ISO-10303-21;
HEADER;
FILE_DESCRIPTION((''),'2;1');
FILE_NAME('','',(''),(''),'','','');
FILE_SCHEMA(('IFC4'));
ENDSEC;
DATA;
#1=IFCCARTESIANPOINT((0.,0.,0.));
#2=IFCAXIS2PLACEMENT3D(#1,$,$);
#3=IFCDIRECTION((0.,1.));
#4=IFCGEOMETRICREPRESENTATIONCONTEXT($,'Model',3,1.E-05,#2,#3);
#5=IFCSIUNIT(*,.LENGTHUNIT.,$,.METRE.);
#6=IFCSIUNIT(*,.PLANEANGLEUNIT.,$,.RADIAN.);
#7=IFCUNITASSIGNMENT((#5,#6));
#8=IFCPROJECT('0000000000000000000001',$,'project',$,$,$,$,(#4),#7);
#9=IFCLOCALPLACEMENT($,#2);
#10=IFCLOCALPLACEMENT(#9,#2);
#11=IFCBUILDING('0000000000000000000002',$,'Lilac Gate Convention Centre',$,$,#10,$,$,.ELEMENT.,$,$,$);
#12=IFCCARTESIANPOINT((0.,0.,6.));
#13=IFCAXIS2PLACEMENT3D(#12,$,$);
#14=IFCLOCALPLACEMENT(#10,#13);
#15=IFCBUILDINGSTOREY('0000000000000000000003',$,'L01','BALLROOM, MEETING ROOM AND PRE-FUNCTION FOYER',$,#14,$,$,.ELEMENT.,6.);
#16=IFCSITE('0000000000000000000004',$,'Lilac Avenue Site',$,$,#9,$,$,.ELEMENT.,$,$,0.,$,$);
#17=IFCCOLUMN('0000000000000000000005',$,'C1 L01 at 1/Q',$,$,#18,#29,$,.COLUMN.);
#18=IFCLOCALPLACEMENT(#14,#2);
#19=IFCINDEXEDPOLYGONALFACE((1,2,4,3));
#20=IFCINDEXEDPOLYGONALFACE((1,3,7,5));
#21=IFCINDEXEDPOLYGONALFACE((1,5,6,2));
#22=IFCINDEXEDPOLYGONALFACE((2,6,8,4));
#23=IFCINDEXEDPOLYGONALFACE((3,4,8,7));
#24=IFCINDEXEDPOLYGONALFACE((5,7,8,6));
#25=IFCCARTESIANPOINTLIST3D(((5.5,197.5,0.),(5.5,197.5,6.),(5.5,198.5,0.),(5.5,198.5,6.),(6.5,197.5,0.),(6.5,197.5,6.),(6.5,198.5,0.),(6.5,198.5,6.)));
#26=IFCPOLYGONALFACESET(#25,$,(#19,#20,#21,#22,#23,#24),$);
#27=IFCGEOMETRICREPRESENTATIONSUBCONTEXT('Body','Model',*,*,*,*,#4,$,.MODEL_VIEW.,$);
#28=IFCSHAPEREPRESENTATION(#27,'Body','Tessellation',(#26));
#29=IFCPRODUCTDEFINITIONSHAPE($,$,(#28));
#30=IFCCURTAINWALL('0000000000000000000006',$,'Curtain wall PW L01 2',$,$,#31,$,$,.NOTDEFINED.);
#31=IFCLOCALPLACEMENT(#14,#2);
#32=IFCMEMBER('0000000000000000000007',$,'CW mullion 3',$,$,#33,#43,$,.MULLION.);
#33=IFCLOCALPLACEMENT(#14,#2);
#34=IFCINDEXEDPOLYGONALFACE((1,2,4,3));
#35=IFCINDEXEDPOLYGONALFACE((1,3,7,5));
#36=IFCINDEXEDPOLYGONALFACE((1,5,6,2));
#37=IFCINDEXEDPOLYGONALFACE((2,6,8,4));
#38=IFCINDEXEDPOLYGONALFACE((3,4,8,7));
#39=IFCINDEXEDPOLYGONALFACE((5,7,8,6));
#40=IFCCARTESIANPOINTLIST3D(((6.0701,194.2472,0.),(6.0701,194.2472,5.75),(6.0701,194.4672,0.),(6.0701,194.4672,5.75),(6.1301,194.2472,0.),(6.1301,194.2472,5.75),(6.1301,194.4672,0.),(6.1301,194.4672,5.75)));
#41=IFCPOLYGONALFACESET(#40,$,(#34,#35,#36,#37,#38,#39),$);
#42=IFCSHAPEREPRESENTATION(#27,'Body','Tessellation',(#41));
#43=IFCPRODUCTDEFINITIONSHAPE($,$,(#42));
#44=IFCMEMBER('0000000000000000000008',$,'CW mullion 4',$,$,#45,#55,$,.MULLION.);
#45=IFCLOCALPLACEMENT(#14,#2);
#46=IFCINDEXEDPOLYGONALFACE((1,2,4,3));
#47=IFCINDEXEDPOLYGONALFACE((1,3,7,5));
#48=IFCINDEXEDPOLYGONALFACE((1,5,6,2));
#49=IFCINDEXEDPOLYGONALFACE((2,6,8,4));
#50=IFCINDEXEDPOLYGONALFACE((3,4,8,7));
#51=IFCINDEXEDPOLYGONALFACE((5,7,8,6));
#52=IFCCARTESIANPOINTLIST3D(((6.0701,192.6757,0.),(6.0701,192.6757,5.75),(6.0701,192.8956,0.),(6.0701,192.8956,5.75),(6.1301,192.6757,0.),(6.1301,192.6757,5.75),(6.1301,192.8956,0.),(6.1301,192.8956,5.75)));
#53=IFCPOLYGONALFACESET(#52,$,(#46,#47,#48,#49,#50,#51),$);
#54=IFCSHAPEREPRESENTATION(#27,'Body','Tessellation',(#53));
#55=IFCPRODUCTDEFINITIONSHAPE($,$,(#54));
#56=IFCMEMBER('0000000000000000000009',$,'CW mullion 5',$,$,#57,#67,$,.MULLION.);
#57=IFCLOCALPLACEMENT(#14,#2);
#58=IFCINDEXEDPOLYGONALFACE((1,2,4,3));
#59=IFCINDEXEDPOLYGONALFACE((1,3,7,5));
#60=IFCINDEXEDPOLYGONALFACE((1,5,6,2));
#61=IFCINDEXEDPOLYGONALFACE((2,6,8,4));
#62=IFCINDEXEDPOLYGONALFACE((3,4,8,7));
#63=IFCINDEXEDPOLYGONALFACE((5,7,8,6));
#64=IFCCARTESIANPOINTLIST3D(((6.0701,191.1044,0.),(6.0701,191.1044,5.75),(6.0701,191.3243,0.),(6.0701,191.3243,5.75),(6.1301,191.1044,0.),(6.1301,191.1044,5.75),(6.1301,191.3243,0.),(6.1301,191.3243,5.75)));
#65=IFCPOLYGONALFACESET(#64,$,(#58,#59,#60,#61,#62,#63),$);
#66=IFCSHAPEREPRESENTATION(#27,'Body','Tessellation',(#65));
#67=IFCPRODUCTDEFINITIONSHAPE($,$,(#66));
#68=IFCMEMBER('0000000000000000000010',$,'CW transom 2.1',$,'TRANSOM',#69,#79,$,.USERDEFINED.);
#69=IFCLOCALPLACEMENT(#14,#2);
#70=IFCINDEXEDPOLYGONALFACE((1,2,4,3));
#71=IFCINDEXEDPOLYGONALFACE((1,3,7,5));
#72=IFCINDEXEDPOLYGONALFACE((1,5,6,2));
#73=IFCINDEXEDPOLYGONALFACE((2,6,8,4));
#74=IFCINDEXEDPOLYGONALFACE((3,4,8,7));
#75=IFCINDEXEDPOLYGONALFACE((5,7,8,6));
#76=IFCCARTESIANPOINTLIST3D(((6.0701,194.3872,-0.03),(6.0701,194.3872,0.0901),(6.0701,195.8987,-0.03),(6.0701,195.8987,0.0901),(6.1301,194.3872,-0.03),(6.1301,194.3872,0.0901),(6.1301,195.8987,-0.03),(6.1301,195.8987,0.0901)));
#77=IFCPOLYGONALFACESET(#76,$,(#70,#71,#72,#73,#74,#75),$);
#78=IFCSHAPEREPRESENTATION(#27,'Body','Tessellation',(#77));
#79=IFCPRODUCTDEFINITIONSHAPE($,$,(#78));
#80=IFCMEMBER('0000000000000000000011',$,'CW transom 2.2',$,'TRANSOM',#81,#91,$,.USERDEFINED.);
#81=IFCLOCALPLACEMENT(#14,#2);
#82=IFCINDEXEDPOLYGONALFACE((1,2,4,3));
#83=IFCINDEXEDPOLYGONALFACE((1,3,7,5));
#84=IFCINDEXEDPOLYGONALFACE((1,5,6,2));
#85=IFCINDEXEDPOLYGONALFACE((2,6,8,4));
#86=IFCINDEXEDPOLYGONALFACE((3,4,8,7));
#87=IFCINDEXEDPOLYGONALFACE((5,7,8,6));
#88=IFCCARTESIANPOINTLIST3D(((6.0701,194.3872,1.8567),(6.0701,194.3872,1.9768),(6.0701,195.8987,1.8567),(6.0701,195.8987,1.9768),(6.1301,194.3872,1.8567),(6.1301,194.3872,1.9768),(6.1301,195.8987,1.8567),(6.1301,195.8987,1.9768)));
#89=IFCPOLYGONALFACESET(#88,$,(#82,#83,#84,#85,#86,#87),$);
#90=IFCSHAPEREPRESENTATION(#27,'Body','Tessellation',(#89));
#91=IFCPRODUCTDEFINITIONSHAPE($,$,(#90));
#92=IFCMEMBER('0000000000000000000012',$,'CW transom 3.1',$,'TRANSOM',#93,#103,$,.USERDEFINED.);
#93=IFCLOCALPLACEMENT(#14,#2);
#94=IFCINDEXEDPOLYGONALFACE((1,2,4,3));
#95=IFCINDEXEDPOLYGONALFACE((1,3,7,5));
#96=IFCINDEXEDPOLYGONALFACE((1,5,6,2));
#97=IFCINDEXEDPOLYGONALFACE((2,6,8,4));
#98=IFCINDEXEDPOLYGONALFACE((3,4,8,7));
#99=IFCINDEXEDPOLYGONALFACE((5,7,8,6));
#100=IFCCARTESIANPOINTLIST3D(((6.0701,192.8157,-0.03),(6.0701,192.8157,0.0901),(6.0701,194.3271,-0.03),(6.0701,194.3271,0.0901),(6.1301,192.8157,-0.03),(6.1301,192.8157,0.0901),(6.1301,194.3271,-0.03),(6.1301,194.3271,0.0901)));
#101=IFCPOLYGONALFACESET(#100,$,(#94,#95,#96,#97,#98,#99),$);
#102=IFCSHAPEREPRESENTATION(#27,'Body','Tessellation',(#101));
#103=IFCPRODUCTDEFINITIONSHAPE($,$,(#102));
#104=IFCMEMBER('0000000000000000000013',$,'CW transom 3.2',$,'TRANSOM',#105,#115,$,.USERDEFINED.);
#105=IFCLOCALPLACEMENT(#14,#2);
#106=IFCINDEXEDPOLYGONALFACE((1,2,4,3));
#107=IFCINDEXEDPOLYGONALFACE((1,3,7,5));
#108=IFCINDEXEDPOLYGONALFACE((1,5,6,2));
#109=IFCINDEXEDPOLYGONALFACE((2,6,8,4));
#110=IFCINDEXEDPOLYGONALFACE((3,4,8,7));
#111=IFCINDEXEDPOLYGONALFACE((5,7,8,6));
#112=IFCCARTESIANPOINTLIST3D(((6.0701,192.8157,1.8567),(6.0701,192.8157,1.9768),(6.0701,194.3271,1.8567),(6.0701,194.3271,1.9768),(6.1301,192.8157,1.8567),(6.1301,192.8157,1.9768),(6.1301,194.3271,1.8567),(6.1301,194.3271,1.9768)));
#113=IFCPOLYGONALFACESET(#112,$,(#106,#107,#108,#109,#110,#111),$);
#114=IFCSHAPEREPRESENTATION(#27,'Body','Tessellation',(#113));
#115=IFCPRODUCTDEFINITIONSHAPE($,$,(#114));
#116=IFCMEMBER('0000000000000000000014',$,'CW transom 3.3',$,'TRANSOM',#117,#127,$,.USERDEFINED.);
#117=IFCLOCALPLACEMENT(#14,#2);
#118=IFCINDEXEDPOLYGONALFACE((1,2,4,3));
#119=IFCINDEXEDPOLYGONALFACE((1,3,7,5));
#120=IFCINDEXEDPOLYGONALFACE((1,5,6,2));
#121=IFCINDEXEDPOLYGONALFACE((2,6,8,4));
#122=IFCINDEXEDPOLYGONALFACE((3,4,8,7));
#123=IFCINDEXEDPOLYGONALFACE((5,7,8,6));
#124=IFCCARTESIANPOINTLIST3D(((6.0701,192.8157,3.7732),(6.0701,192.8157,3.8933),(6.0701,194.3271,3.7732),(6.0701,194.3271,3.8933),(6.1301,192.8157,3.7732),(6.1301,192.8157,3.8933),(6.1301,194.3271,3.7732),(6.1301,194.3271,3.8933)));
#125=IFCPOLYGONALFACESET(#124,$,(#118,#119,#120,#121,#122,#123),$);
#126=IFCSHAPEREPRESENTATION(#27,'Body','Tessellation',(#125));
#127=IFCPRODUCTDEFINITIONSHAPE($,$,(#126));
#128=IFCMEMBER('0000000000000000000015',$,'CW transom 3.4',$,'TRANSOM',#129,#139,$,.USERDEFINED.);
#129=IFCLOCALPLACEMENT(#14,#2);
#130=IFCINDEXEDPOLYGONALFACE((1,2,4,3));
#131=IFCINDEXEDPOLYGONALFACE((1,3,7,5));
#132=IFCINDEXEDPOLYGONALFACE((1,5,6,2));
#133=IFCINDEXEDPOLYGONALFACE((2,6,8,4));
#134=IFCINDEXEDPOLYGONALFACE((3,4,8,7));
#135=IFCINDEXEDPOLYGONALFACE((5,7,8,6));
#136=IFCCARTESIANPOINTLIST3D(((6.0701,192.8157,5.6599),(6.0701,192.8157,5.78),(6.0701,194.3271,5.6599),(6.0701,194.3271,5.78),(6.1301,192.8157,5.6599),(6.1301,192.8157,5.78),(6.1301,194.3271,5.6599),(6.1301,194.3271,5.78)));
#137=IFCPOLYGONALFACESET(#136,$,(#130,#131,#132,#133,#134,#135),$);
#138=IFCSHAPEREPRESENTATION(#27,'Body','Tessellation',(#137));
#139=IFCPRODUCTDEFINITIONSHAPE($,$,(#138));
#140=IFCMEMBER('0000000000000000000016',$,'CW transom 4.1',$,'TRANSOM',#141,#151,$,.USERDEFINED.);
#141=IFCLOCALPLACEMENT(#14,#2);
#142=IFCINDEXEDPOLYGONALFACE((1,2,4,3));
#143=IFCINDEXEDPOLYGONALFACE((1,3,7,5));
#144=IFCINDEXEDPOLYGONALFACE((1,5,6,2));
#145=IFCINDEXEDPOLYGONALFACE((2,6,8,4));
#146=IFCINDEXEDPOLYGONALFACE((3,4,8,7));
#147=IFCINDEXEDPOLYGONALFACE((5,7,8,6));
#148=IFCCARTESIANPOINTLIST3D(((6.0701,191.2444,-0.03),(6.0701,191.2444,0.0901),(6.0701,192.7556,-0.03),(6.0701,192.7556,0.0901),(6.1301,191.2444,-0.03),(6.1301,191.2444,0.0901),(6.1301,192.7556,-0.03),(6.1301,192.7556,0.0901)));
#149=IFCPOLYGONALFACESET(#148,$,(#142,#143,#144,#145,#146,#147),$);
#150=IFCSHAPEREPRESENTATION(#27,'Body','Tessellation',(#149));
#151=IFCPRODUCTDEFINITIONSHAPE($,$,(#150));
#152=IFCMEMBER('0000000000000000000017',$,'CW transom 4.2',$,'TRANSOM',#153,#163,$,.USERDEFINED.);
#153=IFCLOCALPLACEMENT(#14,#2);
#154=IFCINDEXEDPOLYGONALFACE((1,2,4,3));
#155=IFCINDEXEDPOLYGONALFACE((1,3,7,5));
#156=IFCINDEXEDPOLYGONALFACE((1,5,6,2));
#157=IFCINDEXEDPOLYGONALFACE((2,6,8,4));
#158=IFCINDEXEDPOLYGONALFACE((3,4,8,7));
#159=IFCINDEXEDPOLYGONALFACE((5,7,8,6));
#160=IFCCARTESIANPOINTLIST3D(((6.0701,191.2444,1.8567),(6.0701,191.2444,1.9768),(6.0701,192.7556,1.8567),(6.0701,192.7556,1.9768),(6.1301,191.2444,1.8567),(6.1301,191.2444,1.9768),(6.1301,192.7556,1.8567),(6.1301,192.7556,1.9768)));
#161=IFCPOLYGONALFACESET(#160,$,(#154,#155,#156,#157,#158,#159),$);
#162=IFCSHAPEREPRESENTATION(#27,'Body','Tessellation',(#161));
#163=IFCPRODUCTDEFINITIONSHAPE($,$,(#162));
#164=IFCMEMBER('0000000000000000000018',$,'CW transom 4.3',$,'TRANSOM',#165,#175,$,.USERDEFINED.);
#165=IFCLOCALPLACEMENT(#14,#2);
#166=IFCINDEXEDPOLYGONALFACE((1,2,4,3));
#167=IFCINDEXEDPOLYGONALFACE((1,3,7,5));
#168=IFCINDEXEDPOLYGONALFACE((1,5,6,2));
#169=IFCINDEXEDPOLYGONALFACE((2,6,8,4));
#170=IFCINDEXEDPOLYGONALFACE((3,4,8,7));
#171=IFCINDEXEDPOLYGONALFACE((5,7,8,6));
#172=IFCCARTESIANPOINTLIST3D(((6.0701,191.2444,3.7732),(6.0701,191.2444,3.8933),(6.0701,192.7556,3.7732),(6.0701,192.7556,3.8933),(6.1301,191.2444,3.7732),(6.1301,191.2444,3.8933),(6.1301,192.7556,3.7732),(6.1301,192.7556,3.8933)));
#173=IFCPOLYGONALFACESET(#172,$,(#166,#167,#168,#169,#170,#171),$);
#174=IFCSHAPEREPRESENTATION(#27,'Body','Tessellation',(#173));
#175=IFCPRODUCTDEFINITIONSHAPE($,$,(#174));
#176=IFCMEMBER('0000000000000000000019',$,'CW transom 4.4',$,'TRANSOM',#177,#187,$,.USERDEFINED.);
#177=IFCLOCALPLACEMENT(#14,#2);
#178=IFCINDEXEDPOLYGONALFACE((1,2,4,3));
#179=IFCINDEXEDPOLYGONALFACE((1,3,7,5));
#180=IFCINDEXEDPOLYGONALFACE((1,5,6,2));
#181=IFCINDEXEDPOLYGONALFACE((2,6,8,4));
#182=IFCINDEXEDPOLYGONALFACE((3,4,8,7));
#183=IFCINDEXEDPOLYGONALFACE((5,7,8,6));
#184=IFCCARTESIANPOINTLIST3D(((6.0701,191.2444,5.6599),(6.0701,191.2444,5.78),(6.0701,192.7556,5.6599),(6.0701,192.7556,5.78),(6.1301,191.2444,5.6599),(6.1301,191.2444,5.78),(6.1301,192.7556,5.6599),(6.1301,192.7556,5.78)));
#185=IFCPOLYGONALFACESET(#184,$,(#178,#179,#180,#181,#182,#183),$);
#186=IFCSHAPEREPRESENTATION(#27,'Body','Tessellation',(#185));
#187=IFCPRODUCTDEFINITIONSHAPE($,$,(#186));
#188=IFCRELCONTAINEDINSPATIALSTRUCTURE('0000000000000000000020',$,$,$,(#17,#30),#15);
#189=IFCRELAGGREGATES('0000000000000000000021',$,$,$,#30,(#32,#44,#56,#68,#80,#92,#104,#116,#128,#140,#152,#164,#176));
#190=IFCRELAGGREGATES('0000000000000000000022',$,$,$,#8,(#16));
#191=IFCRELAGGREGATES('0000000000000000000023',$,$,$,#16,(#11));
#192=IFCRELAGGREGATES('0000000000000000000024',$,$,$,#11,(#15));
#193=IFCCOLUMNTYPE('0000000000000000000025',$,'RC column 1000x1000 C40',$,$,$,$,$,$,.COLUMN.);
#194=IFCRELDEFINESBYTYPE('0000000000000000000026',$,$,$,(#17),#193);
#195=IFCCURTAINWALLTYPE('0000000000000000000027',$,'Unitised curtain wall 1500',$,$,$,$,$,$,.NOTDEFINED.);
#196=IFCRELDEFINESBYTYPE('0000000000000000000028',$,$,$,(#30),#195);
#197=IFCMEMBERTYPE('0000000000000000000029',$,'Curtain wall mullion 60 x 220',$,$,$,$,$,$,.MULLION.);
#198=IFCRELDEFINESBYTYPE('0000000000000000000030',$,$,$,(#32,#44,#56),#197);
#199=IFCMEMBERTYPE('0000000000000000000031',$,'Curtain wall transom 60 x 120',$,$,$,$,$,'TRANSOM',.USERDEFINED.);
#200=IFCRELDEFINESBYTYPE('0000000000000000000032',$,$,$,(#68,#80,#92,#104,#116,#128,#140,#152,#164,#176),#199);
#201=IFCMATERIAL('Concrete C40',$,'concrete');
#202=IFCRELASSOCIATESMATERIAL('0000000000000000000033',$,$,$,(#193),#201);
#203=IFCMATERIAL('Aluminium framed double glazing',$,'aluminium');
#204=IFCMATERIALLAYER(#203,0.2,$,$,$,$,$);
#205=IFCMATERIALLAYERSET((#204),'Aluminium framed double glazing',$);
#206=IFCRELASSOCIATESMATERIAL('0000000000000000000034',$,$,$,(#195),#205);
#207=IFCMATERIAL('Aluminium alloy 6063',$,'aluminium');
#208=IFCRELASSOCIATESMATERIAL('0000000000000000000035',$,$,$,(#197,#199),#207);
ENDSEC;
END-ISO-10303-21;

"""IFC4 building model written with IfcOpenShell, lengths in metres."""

from ifc_helpers import new_model, si_unit, direction, frame, origin, origin_2d, place, context, subcontext, project, spatial, rectangle, extrude, material, layer, layer_set, material_profile, profile_set, type_object, element, aggregate, save


model = new_model("IFC4")

# Units and contexts
model_context = context("Model", 3, precision=1e-05, world=origin(), true_north=direction((0.0, 1.0)))
body_context = subcontext(model_context, "Body", "Model", "MODEL_VIEW")
ifc_project = project(units=[si_unit("LENGTHUNIT", "METRE"), si_unit("PLANEANGLEUNIT", "RADIAN")], contexts=[model_context])

# Site, building, storey
site_placement = place(None, origin())
site = spatial("IfcSite", under=ifc_project, at=site_placement, Name="Lilac Avenue Site", CompositionType="ELEMENT", RefElevation=0.0)
building_placement = place(site_placement, origin())
building = spatial("IfcBuilding", under=site, at=building_placement, Name="Lilac Gate Convention Centre", CompositionType="ELEMENT")
storey_placement = place(building_placement, frame((0.0, 0.0, 6.0)))
storey = spatial("IfcBuildingStorey", under=building, at=storey_placement, Name="L01", Description="BALLROOM, MEETING ROOM AND PRE-FUNCTION FOYER", CompositionType="ELEMENT", Elevation=6.0)

# Column
ifc_material_1 = material(Name="Concrete C40", Category="concrete")
ifc_material_profile_1 = material_profile(ifc_material_1, rectangle(XDim=1.0, YDim=1.0, at=origin_2d()), Name="RC 1000x1000")
ifc_profile_set_1 = profile_set([ifc_material_profile_1], Name="Concrete C40")
column_type = type_object("IfcColumnType", Name="RC column 1000x1000 C40", PredefinedType="COLUMN", material=ifc_profile_set_1)
column_placement = place(storey_placement, frame((6.0, 198.0, 0.0), z_axis=(0.0, 0.0, 1.0), x_axis=(1.0, 0.0, 0.0)))
element("IfcColumn", 1, at=column_placement, inside=storey, type_object=column_type, Name="C1 L01 at 1/Q", PredefinedType="COLUMN", context=body_context, shape_type="SweptSolid", body=[
    extrude(rectangle(XDim=1.0, YDim=1.0, at=origin_2d()), origin(), (0.0, 0.0, 1.0), 6.0),
])

# Curtain wall, members
ifc_material_2 = material(Name="Aluminium framed double glazing", Category="aluminium")
ifc_layer_1 = layer(ifc_material_2, 0.2)
ifc_layer_set_1 = layer_set([ifc_layer_1], Name="Aluminium framed double glazing")
curtain_wall_type = type_object("IfcCurtainWallType", Name="Unitised curtain wall 1500", PredefinedType="NOTDEFINED", material=ifc_layer_set_1)
curtain_wall_placement = place(storey_placement, origin())
curtain_wall = element("IfcCurtainWall", 2, at=curtain_wall_placement, inside=storey, type_object=curtain_wall_type, Name="Curtain wall PW L01 2", PredefinedType="NOTDEFINED")
ifc_material_3 = material(Name="Aluminium alloy 6063", Category="aluminium")
ifc_material_profile_2 = material_profile(ifc_material_3, rectangle(XDim=0.0601, YDim=0.22, at=origin_2d()), Name="Curtain wall mullion 60 x 220")
ifc_profile_set_2 = profile_set([ifc_material_profile_2], Name="Aluminium alloy 6063")
member_type_1 = type_object("IfcMemberType", Name="Curtain wall mullion 60 x 220", PredefinedType="MULLION", material=ifc_profile_set_2)
member_1_placement = place(storey_placement, frame((6.1001, 194.3572, 0.0), z_axis=(0.0, 0.0, 1.0), x_axis=(1.0, 0.0, 0.0)))
member_1 = element("IfcMember", 3, at=member_1_placement, type_object=member_type_1, Name="CW mullion 3", PredefinedType="MULLION", context=body_context, shape_type="SweptSolid", body=[
    extrude(rectangle(XDim=0.0601, YDim=0.22, at=origin_2d()), origin(), (0.0, 0.0, 1.0), 5.75),
])
member_2_placement = place(storey_placement, frame((6.1001, 192.7856, 0.0), z_axis=(0.0, 0.0, 1.0), x_axis=(1.0, 0.0, 0.0)))
member_2 = element("IfcMember", 4, at=member_2_placement, type_object=member_type_1, Name="CW mullion 4", PredefinedType="MULLION", context=body_context, shape_type="SweptSolid", body=[
    extrude(rectangle(XDim=0.0601, YDim=0.22, at=origin_2d()), origin(), (0.0, 0.0, 1.0), 5.75),
])
member_3_placement = place(storey_placement, frame((6.1001, 191.2144, 0.0), z_axis=(0.0, 0.0, 1.0), x_axis=(1.0, 0.0, 0.0)))
member_3 = element("IfcMember", 5, at=member_3_placement, type_object=member_type_1, Name="CW mullion 5", PredefinedType="MULLION", context=body_context, shape_type="SweptSolid", body=[
    extrude(rectangle(XDim=0.0601, YDim=0.22, at=origin_2d()), origin(), (0.0, 0.0, 1.0), 5.75),
])
ifc_material_profile_3 = material_profile(ifc_material_3, rectangle(XDim=0.0601, YDim=0.1201, at=origin_2d()), Name="Curtain wall transom 60 x 120")
ifc_profile_set_3 = profile_set([ifc_material_profile_3], Name="Aluminium alloy 6063")
member_type_2 = type_object("IfcMemberType", Name="Curtain wall transom 60 x 120", ElementType="TRANSOM", PredefinedType="USERDEFINED", material=ifc_profile_set_3)
member_4_placement = place(storey_placement, frame((6.1001, 195.8987, 0.03), z_axis=(0.0, -1.0, 0.0), x_axis=(1.0, 0.0, 0.0)))
member_4 = element("IfcMember", 6, at=member_4_placement, type_object=member_type_2, Name="CW transom 2.1", ObjectType="TRANSOM", PredefinedType="USERDEFINED", context=body_context, shape_type="SweptSolid", body=[
    extrude(rectangle(XDim=0.0601, YDim=0.1201, at=origin_2d()), origin(), (0.0, 0.0, 1.0), 1.5115),
])
member_5_placement = place(storey_placement, frame((6.1001, 195.8987, 1.9167), z_axis=(0.0, -1.0, 0.0), x_axis=(1.0, 0.0, 0.0)))
member_5 = element("IfcMember", 7, at=member_5_placement, type_object=member_type_2, Name="CW transom 2.2", ObjectType="TRANSOM", PredefinedType="USERDEFINED", context=body_context, shape_type="SweptSolid", body=[
    extrude(rectangle(XDim=0.0601, YDim=0.1201, at=origin_2d()), origin(), (0.0, 0.0, 1.0), 1.5115),
])
member_6_placement = place(storey_placement, frame((6.1001, 194.3271, 0.03), z_axis=(0.0, -1.0, 0.0), x_axis=(1.0, 0.0, 0.0)))
member_6 = element("IfcMember", 8, at=member_6_placement, type_object=member_type_2, Name="CW transom 3.1", ObjectType="TRANSOM", PredefinedType="USERDEFINED", context=body_context, shape_type="SweptSolid", body=[
    extrude(rectangle(XDim=0.0601, YDim=0.1201, at=origin_2d()), origin(), (0.0, 0.0, 1.0), 1.5115),
])
member_7_placement = place(storey_placement, frame((6.1001, 194.3271, 1.9167), z_axis=(0.0, -1.0, 0.0), x_axis=(1.0, 0.0, 0.0)))
member_7 = element("IfcMember", 9, at=member_7_placement, type_object=member_type_2, Name="CW transom 3.2", ObjectType="TRANSOM", PredefinedType="USERDEFINED", context=body_context, shape_type="SweptSolid", body=[
    extrude(rectangle(XDim=0.0601, YDim=0.1201, at=origin_2d()), origin(), (0.0, 0.0, 1.0), 1.5115),
])
member_8_placement = place(storey_placement, frame((6.1001, 194.3271, 3.8333), z_axis=(0.0, -1.0, 0.0), x_axis=(1.0, 0.0, 0.0)))
member_8 = element("IfcMember", 10, at=member_8_placement, type_object=member_type_2, Name="CW transom 3.3", ObjectType="TRANSOM", PredefinedType="USERDEFINED", context=body_context, shape_type="SweptSolid", body=[
    extrude(rectangle(XDim=0.0601, YDim=0.1201, at=origin_2d()), origin(), (0.0, 0.0, 1.0), 1.5115),
])
member_9_placement = place(storey_placement, frame((6.1001, 194.3271, 5.72), z_axis=(0.0, -1.0, 0.0), x_axis=(1.0, 0.0, 0.0)))
member_9 = element("IfcMember", 11, at=member_9_placement, type_object=member_type_2, Name="CW transom 3.4", ObjectType="TRANSOM", PredefinedType="USERDEFINED", context=body_context, shape_type="SweptSolid", body=[
    extrude(rectangle(XDim=0.0601, YDim=0.1201, at=origin_2d()), origin(), (0.0, 0.0, 1.0), 1.5115),
])
member_10_placement = place(storey_placement, frame((6.1001, 192.7556, 0.03), z_axis=(0.0, -1.0, 0.0), x_axis=(1.0, 0.0, 0.0)))
member_10 = element("IfcMember", 12, at=member_10_placement, type_object=member_type_2, Name="CW transom 4.1", ObjectType="TRANSOM", PredefinedType="USERDEFINED", context=body_context, shape_type="SweptSolid", body=[
    extrude(rectangle(XDim=0.0601, YDim=0.1201, at=origin_2d()), origin(), (0.0, 0.0, 1.0), 1.5112),
])
member_11_placement = place(storey_placement, frame((6.1001, 192.7556, 1.9167), z_axis=(0.0, -1.0, 0.0), x_axis=(1.0, 0.0, 0.0)))
member_11 = element("IfcMember", 13, at=member_11_placement, type_object=member_type_2, Name="CW transom 4.2", ObjectType="TRANSOM", PredefinedType="USERDEFINED", context=body_context, shape_type="SweptSolid", body=[
    extrude(rectangle(XDim=0.0601, YDim=0.1201, at=origin_2d()), origin(), (0.0, 0.0, 1.0), 1.5112),
])
member_12_placement = place(storey_placement, frame((6.1001, 192.7556, 3.8333), z_axis=(0.0, -1.0, 0.0), x_axis=(1.0, 0.0, 0.0)))
member_12 = element("IfcMember", 14, at=member_12_placement, type_object=member_type_2, Name="CW transom 4.3", ObjectType="TRANSOM", PredefinedType="USERDEFINED", context=body_context, shape_type="SweptSolid", body=[
    extrude(rectangle(XDim=0.0601, YDim=0.1201, at=origin_2d()), origin(), (0.0, 0.0, 1.0), 1.5112),
])
member_13_placement = place(storey_placement, frame((6.1001, 192.7556, 5.72), z_axis=(0.0, -1.0, 0.0), x_axis=(1.0, 0.0, 0.0)))
member_13 = element("IfcMember", 15, at=member_13_placement, type_object=member_type_2, Name="CW transom 4.4", ObjectType="TRANSOM", PredefinedType="USERDEFINED", context=body_context, shape_type="SweptSolid", body=[
    extrude(rectangle(XDim=0.0601, YDim=0.1201, at=origin_2d()), origin(), (0.0, 0.0, 1.0), 1.5112),
])

aggregate(curtain_wall, [member_1, member_2, member_3, member_4, member_5, member_6, member_7, member_8, member_9, member_10, member_11, member_12, member_13])

save(model, "model.ifc")
